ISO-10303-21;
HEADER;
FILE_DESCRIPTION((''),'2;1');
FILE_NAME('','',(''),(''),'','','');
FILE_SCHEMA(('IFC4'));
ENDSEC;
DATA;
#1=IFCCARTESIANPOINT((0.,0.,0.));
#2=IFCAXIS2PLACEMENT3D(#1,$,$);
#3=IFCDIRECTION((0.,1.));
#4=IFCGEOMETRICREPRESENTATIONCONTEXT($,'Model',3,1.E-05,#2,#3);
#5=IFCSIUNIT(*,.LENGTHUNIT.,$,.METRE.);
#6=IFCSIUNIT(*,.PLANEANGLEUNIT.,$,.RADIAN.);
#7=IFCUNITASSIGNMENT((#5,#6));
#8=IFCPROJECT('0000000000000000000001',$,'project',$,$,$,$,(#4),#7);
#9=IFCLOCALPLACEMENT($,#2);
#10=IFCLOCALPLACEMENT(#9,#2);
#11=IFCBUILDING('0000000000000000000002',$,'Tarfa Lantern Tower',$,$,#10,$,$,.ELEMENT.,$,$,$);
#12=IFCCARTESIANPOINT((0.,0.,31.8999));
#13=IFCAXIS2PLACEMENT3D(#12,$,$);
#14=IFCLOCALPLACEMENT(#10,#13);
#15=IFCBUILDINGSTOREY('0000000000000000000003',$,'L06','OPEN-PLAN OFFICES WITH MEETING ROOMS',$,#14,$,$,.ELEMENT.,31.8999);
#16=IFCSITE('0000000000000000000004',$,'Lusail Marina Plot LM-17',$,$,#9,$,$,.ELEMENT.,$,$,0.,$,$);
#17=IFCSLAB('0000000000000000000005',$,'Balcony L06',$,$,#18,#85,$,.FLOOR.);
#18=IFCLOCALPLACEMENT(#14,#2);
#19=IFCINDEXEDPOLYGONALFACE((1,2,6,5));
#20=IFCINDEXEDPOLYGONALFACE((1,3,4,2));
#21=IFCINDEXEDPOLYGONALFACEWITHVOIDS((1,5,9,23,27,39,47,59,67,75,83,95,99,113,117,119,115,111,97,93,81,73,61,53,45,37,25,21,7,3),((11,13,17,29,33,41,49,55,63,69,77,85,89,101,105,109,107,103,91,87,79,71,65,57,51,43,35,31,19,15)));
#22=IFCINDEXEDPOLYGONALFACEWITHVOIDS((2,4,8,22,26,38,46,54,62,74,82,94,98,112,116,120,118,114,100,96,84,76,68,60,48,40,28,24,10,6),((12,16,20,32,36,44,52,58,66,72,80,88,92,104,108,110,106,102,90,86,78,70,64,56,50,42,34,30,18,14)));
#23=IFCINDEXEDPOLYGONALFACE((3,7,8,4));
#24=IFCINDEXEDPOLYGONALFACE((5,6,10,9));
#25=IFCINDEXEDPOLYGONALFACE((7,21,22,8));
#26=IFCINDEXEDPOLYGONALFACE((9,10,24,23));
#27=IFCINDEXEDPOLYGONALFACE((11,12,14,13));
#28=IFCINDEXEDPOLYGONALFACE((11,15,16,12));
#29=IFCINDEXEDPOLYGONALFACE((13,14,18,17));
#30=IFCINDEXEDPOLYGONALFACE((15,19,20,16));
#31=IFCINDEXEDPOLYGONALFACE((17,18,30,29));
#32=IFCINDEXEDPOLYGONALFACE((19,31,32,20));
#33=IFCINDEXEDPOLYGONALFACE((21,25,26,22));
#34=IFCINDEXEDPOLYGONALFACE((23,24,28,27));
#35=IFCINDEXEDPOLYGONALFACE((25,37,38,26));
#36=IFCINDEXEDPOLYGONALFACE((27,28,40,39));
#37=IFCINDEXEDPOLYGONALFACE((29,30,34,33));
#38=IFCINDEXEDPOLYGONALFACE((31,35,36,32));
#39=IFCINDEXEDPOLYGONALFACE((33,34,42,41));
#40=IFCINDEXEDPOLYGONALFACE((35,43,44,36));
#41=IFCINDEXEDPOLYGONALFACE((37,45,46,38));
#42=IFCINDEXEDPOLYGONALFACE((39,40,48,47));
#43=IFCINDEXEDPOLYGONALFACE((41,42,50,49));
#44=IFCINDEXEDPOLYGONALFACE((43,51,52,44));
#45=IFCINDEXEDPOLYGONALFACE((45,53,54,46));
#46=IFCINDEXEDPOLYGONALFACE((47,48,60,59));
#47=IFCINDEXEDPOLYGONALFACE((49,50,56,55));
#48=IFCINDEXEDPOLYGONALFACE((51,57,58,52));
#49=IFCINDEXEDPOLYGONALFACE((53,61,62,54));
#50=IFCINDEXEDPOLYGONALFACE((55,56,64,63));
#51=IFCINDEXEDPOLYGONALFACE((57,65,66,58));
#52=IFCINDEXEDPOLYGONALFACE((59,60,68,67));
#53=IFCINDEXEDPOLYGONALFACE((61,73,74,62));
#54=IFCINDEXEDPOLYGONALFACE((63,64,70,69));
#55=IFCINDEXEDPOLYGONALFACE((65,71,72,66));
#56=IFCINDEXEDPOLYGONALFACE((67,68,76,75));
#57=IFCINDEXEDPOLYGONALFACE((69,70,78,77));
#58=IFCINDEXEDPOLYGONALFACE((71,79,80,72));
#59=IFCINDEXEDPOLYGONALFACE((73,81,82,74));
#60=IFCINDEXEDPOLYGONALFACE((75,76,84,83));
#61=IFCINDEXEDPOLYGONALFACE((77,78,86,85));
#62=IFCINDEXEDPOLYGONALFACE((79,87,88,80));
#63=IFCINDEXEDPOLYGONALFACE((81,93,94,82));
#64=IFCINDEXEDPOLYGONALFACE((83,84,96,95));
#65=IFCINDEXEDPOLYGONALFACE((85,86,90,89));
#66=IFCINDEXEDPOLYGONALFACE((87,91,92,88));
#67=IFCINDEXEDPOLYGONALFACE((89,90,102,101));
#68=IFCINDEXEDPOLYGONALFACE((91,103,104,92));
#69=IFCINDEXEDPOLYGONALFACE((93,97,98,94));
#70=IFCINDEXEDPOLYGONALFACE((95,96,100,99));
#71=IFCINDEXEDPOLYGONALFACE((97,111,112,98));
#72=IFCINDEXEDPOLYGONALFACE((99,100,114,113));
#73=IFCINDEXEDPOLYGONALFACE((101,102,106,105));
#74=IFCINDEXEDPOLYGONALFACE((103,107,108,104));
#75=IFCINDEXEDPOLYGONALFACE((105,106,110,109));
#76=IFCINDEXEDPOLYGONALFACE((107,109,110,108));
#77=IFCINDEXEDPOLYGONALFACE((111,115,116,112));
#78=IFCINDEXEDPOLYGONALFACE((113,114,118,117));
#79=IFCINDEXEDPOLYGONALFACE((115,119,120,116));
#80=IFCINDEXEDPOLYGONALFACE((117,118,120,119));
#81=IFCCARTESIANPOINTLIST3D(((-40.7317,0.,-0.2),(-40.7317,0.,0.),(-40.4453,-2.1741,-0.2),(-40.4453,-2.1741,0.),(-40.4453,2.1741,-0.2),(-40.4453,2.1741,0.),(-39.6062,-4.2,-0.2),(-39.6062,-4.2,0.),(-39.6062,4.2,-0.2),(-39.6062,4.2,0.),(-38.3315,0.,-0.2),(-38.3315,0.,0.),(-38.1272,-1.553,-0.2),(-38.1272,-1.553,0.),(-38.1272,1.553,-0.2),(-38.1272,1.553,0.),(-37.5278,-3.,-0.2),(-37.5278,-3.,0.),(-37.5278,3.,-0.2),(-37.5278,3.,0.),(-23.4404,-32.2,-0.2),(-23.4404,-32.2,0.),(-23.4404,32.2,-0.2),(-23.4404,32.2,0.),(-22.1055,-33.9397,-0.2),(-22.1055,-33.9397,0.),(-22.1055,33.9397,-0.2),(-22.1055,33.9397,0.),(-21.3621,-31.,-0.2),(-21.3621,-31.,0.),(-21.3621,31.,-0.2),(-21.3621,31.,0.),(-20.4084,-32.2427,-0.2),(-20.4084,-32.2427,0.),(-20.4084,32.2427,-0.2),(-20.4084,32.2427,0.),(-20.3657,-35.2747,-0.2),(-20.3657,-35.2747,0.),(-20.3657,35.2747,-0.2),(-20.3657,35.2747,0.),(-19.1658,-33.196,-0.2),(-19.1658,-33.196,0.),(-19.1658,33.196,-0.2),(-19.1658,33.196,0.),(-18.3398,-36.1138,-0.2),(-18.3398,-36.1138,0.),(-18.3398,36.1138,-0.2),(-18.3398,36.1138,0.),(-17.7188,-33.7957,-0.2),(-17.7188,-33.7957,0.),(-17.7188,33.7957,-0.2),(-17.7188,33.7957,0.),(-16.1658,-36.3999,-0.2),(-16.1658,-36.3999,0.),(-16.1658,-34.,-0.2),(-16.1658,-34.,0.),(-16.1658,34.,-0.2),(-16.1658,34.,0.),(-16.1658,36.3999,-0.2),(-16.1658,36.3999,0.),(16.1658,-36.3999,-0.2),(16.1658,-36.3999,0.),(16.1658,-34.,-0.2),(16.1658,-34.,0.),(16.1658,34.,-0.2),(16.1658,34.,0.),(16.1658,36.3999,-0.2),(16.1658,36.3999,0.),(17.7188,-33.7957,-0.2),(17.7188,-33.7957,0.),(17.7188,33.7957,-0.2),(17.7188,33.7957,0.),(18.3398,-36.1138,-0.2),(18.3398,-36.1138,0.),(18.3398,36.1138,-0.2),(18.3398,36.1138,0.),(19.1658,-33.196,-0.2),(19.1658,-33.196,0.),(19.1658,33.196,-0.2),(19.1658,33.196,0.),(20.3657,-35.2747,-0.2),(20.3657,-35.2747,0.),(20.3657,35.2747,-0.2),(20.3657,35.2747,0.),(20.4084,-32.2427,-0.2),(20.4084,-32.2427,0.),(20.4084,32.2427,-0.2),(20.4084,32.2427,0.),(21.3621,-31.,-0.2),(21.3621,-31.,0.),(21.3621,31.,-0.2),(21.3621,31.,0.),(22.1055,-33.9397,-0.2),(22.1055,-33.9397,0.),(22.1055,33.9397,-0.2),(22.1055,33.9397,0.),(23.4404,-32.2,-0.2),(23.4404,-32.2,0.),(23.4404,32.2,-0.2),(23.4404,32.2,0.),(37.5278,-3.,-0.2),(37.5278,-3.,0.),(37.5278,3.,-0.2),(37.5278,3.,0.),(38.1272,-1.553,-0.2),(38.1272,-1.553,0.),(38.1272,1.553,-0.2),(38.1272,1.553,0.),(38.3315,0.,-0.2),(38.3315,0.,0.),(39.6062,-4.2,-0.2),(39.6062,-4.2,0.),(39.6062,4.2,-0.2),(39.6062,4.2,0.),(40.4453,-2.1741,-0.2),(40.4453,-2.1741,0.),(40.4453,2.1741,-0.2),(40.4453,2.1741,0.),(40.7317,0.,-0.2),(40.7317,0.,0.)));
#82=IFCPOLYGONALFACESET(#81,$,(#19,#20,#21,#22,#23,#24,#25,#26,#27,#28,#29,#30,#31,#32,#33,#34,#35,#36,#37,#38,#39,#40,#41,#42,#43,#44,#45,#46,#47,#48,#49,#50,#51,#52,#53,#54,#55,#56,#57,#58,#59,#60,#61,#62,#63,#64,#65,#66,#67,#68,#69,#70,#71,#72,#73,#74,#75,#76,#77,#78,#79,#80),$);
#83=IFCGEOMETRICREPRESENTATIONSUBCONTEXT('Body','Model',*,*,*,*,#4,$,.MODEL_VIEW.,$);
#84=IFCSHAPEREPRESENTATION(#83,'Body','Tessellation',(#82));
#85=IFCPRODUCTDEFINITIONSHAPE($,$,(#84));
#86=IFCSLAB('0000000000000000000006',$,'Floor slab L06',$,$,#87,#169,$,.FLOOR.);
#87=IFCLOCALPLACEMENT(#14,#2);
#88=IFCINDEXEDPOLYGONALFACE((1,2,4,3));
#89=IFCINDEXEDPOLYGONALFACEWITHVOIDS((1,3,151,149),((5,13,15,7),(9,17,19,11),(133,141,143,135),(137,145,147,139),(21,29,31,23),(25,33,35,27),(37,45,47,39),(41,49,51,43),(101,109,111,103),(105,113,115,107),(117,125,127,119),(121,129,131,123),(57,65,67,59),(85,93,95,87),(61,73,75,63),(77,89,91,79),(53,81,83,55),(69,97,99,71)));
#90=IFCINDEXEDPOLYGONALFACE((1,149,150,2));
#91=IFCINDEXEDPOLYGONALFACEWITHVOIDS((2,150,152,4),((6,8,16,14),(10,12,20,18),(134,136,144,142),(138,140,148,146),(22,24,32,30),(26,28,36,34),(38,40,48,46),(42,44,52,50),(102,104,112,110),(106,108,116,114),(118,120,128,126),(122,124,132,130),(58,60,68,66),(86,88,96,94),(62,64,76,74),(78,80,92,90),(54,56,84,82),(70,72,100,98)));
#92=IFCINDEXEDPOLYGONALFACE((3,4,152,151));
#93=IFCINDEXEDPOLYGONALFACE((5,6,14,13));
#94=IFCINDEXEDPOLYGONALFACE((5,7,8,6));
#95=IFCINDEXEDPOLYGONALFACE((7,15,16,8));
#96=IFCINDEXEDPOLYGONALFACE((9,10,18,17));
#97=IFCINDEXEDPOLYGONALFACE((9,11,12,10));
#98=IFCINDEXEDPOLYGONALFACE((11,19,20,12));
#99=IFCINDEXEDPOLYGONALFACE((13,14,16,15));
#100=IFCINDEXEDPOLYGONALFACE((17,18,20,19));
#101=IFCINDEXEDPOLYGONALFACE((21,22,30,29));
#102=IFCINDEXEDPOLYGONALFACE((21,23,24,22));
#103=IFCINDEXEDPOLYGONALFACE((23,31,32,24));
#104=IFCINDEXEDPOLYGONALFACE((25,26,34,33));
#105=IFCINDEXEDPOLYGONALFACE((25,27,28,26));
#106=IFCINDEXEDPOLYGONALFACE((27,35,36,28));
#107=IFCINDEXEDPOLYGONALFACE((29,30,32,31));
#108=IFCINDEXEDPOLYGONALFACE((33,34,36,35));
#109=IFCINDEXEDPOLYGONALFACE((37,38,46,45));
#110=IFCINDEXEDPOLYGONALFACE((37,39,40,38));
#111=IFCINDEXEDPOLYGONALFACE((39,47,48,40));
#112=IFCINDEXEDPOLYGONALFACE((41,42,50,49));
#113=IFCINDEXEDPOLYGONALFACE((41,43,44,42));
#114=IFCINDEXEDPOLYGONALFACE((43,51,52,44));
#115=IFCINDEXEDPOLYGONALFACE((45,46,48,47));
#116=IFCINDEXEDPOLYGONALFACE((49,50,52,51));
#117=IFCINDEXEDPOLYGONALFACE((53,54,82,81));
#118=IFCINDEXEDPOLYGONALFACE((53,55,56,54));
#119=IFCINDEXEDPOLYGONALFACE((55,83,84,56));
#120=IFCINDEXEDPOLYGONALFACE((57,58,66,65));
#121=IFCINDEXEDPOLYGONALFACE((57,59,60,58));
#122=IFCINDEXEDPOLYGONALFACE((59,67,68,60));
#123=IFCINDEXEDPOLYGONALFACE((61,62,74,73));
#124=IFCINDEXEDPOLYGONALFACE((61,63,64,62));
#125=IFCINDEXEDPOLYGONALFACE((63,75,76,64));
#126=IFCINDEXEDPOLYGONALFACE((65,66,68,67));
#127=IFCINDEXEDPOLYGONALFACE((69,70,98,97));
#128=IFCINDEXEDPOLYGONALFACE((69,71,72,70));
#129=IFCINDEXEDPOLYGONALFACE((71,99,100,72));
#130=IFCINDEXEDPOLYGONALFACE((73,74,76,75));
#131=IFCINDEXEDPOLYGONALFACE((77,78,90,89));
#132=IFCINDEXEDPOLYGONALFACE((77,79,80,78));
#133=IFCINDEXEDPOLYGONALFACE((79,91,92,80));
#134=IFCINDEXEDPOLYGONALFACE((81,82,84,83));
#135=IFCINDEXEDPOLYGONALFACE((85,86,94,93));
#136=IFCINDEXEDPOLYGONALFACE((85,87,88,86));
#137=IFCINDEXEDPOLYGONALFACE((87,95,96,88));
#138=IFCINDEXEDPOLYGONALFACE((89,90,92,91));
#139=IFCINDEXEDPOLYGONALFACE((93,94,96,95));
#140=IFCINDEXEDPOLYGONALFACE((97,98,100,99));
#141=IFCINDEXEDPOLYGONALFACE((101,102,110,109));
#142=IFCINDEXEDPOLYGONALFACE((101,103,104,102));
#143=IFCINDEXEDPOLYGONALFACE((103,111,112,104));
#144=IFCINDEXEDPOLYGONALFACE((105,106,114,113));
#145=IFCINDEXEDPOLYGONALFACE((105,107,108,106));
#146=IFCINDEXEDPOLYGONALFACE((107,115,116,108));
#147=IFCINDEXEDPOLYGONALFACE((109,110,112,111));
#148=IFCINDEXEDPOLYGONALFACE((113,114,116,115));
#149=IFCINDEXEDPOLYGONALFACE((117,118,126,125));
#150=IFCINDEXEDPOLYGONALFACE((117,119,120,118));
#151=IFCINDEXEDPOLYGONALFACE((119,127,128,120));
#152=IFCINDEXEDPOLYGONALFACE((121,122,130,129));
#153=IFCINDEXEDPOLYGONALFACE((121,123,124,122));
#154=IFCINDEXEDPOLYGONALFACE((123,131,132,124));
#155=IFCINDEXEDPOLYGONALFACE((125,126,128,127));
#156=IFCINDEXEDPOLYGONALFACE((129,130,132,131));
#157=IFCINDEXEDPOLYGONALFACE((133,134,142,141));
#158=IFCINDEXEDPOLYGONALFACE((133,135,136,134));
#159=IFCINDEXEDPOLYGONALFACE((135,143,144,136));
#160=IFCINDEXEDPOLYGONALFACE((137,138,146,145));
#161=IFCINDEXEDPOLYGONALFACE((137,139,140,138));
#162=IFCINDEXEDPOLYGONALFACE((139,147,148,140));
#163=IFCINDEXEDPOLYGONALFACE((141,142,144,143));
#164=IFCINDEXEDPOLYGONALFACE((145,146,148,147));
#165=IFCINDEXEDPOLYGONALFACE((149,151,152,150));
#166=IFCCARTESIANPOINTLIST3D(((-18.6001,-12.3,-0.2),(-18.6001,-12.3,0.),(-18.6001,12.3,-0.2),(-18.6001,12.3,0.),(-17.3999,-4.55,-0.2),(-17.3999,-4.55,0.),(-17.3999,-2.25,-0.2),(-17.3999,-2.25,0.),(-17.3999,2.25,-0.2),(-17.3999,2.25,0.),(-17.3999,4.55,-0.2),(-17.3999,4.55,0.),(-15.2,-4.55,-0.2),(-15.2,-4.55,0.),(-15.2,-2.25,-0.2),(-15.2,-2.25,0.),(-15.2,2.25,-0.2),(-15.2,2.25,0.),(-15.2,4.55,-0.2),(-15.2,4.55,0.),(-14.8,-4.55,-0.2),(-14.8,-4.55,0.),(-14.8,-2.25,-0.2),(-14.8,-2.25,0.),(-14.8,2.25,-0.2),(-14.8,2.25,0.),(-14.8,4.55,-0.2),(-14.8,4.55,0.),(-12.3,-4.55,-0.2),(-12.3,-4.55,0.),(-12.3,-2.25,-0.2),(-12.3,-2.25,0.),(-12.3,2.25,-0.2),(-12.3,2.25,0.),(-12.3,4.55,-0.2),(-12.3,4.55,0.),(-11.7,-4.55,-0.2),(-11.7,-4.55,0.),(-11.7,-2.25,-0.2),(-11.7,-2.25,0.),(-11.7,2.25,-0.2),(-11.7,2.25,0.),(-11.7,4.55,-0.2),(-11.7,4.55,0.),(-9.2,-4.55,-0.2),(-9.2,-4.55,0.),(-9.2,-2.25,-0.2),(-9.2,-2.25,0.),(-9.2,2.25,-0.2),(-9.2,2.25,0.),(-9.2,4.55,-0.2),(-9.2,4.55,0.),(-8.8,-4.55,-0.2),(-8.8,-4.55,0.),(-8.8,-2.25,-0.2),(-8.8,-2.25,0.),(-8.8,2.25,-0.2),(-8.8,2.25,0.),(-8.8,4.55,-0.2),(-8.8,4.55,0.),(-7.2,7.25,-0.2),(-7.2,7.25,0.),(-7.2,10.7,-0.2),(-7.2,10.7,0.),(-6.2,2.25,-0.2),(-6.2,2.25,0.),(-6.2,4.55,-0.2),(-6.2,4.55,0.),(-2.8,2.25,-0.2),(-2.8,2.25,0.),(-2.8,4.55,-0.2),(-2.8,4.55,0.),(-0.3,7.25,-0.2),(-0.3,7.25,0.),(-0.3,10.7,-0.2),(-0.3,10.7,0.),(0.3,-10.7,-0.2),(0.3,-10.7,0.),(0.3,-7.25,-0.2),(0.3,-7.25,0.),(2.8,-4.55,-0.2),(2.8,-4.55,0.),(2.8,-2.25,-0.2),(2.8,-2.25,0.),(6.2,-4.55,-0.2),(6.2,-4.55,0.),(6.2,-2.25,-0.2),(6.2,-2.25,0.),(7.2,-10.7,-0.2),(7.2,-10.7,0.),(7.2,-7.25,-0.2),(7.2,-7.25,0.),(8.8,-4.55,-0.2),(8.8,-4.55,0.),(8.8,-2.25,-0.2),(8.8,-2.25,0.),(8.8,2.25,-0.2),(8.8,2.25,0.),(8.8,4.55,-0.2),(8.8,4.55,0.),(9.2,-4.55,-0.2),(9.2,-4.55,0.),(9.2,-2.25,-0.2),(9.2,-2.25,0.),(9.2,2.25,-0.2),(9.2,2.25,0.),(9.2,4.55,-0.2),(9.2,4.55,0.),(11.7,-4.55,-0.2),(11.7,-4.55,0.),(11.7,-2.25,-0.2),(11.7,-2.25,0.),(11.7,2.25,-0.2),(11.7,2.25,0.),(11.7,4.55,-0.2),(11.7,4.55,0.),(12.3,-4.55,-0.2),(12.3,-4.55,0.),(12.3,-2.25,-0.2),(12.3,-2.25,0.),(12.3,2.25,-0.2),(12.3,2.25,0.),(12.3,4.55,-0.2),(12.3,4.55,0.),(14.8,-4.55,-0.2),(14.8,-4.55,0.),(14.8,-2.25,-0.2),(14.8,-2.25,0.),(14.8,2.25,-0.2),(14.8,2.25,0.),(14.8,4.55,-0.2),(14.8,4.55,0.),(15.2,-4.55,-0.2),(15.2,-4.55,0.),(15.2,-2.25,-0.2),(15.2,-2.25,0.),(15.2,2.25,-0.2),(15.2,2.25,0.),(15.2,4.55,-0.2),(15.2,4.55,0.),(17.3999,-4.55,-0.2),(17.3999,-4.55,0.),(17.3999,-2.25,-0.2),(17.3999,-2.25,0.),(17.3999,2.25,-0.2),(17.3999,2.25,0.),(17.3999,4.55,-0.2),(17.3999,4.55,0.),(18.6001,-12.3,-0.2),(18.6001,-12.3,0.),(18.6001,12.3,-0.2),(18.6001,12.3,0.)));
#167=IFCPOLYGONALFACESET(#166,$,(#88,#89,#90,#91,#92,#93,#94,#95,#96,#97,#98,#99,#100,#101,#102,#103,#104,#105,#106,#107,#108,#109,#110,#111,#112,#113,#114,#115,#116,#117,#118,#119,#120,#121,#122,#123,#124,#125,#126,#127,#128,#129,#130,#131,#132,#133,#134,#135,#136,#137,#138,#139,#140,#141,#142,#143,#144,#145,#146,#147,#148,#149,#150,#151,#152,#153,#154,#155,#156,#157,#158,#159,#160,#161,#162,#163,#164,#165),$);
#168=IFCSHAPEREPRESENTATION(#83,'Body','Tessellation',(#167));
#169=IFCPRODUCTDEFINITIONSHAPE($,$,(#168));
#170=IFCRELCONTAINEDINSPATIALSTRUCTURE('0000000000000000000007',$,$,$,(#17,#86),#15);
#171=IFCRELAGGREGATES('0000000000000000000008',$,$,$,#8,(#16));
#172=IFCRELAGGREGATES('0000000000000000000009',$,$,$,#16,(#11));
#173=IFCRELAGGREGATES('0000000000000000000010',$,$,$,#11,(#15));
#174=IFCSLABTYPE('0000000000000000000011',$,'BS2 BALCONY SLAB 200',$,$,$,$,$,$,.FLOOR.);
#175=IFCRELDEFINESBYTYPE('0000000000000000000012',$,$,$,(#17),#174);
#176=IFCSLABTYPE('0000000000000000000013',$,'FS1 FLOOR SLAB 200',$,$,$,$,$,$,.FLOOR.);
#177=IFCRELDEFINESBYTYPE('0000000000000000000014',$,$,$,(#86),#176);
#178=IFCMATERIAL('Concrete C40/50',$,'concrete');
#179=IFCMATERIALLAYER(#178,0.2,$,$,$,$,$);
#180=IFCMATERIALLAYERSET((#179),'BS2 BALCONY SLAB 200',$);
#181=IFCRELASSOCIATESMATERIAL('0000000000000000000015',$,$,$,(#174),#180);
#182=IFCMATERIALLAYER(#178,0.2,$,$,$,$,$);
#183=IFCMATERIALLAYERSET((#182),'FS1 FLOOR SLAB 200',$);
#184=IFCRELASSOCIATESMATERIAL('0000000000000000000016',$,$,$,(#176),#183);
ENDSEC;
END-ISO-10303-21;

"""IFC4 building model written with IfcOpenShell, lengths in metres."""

from ifc_helpers import new_model, si_unit, direction, frame, origin, place, context, subcontext, project, spatial, polyline, outline, extrude, material, layer, layer_set, type_object, element, save


model = new_model("IFC4")

# Units and contexts
model_context = context("Model", 3, precision=1e-05, world=origin(), true_north=direction((0.0, 1.0)))
body_context = subcontext(model_context, "Body", "Model", "MODEL_VIEW")
ifc_project = project(units=[si_unit("LENGTHUNIT", "METRE"), si_unit("PLANEANGLEUNIT", "RADIAN")], contexts=[model_context])

# Site, building, storey
site_placement = place(None, origin())
site = spatial("IfcSite", under=ifc_project, at=site_placement, Name="Lusail Marina Plot LM-17", CompositionType="ELEMENT", RefElevation=0.0)
building_placement = place(site_placement, origin())
building = spatial("IfcBuilding", under=site, at=building_placement, Name="Tarfa Lantern Tower", CompositionType="ELEMENT")
storey_placement = place(building_placement, frame((0.0, 0.0, 31.8999)))
storey = spatial("IfcBuildingStorey", under=building, at=storey_placement, Name="L06", Description="OPEN-PLAN OFFICES WITH MEETING ROOMS", CompositionType="ELEMENT", Elevation=31.8999)

# Slabs
ifc_material_1 = material(Name="Concrete C40/50", Category="concrete")
ifc_layer_1 = layer(ifc_material_1, 0.2)
ifc_layer_set_1 = layer_set([ifc_layer_1], Name="BS2 BALCONY SLAB 200")
slab_type_1 = type_object("IfcSlabType", Name="BS2 BALCONY SLAB 200", PredefinedType="FLOOR", material=ifc_layer_set_1)
slab_1_placement = place(storey_placement, frame((0.0, 0.0, -0.2)))
element("IfcSlab", 1, at=slab_1_placement, inside=storey, type_object=slab_type_1, Name="Balcony L06", PredefinedType="FLOOR", context=body_context, shape_type="SweptSolid", body=[
    extrude(outline(polyline([(39.6062, 4.2), (23.4404, 32.2), (22.1055, 33.9397), (20.3657, 35.2747), (18.3398, 36.1138), (16.1658, 36.3999), (-16.1658, 36.3999), (-18.3398, 36.1138), (-20.3657, 35.2747), (-22.1055, 33.9397), (-23.4404, 32.2), (-39.6062, 4.2), (-40.4453, 2.1741), (-40.7317, 0.0), (-40.4453, -2.1741), (-39.6062, -4.2), (-23.4404, -32.2), (-22.1055, -33.9397), (-20.3657, -35.2747), (-18.3398, -36.1138), (-16.1658, -36.3999), (16.1658, -36.3999), (18.3398, -36.1138), (20.3657, -35.2747), (22.1055, -33.9397), (23.4404, -32.2), (39.6062, -4.2), (40.4453, -2.1741), (40.7317, 0.0), (40.4453, 2.1741), (39.6062, 4.2)]), holes=[polyline([(37.5278, 3.0), (21.3621, 31.0), (20.4084, 32.2427), (19.1658, 33.196), (17.7188, 33.7957), (16.1658, 34.0), (-16.1658, 34.0), (-17.7188, 33.7957), (-19.1658, 33.196), (-20.4084, 32.2427), (-21.3621, 31.0), (-37.5278, 3.0), (-38.1272, 1.553), (-38.3315, 0.0), (-38.1272, -1.553), (-37.5278, -3.0), (-21.3621, -31.0), (-20.4084, -32.2427), (-19.1658, -33.196), (-17.7188, -33.7957), (-16.1658, -34.0), (16.1658, -34.0), (17.7188, -33.7957), (19.1658, -33.196), (20.4084, -32.2427), (21.3621, -31.0), (37.5278, -3.0), (38.1272, -1.553), (38.3315, 0.0), (38.1272, 1.553), (37.5278, 3.0)])]), origin(), (0.0, 0.0, 1.0), 0.2),
])
ifc_layer_2 = layer(ifc_material_1, 0.2)
ifc_layer_set_2 = layer_set([ifc_layer_2], Name="FS1 FLOOR SLAB 200")
slab_type_2 = type_object("IfcSlabType", Name="FS1 FLOOR SLAB 200", PredefinedType="FLOOR", material=ifc_layer_set_2)
slab_2_placement = place(storey_placement, frame((0.0, 0.0, -0.2)))
element("IfcSlab", 2, at=slab_2_placement, inside=storey, type_object=slab_type_2, Name="Floor slab L06", PredefinedType="FLOOR", context=body_context, shape_type="SweptSolid", body=[
    extrude(outline(polyline([(-18.6001, -12.3), (18.6001, -12.3), (18.6001, 12.3), (-18.6001, 12.3), (-18.6001, -12.3)]), holes=[polyline([(-17.3999, 2.25), (-15.2, 2.25), (-15.2, 4.55), (-17.3999, 4.55), (-17.3999, 2.25)]), polyline([(-14.8, 2.25), (-12.3, 2.25), (-12.3, 4.55), (-14.8, 4.55), (-14.8, 2.25)]), polyline([(-11.7, 2.25), (-9.2, 2.25), (-9.2, 4.55), (-11.7, 4.55), (-11.7, 2.25)]), polyline([(-8.8, 2.25), (-6.2, 2.25), (-6.2, 4.55), (-8.8, 4.55), (-8.8, 2.25)]), polyline([(-2.8, 2.25), (8.8, 2.25), (8.8, 4.55), (-2.8, 4.55), (-2.8, 2.25)]), polyline([(9.2, 2.25), (11.7, 2.25), (11.7, 4.55), (9.2, 4.55), (9.2, 2.25)]), polyline([(12.3, 2.25), (14.8, 2.25), (14.8, 4.55), (12.3, 4.55), (12.3, 2.25)]), polyline([(15.2, 2.25), (17.3999, 2.25), (17.3999, 4.55), (15.2, 4.55), (15.2, 2.25)]), polyline([(17.3999, -2.25), (15.2, -2.25), (15.2, -4.55), (17.3999, -4.55), (17.3999, -2.25)]), polyline([(14.8, -2.25), (12.3, -2.25), (12.3, -4.55), (14.8, -4.55), (14.8, -2.25)]), polyline([(11.7, -2.25), (9.2, -2.25), (9.2, -4.55), (11.7, -4.55), (11.7, -2.25)]), polyline([(8.8, -2.25), (6.2, -2.25), (6.2, -4.55), (8.8, -4.55), (8.8, -2.25)]), polyline([(2.8, -2.25), (-8.8, -2.25), (-8.8, -4.55), (2.8, -4.55), (2.8, -2.25)]), polyline([(-9.2, -2.25), (-11.7, -2.25), (-11.7, -4.55), (-9.2, -4.55), (-9.2, -2.25)]), polyline([(-12.3, -2.25), (-14.8, -2.25), (-14.8, -4.55), (-12.3, -4.55), (-12.3, -2.25)]), polyline([(-15.2, -2.25), (-17.3999, -2.25), (-17.3999, -4.55), (-15.2, -4.55), (-15.2, -2.25)]), polyline([(-7.2, 7.25), (-0.3, 7.25), (-0.3, 10.7), (-7.2, 10.7), (-7.2, 7.25)]), polyline([(7.2, -7.25), (0.3, -7.25), (0.3, -10.7), (7.2, -10.7), (7.2, -7.25)])]), origin(), (0.0, 0.0, 1.0), 0.2),
])

save(model, "model.ifc")
